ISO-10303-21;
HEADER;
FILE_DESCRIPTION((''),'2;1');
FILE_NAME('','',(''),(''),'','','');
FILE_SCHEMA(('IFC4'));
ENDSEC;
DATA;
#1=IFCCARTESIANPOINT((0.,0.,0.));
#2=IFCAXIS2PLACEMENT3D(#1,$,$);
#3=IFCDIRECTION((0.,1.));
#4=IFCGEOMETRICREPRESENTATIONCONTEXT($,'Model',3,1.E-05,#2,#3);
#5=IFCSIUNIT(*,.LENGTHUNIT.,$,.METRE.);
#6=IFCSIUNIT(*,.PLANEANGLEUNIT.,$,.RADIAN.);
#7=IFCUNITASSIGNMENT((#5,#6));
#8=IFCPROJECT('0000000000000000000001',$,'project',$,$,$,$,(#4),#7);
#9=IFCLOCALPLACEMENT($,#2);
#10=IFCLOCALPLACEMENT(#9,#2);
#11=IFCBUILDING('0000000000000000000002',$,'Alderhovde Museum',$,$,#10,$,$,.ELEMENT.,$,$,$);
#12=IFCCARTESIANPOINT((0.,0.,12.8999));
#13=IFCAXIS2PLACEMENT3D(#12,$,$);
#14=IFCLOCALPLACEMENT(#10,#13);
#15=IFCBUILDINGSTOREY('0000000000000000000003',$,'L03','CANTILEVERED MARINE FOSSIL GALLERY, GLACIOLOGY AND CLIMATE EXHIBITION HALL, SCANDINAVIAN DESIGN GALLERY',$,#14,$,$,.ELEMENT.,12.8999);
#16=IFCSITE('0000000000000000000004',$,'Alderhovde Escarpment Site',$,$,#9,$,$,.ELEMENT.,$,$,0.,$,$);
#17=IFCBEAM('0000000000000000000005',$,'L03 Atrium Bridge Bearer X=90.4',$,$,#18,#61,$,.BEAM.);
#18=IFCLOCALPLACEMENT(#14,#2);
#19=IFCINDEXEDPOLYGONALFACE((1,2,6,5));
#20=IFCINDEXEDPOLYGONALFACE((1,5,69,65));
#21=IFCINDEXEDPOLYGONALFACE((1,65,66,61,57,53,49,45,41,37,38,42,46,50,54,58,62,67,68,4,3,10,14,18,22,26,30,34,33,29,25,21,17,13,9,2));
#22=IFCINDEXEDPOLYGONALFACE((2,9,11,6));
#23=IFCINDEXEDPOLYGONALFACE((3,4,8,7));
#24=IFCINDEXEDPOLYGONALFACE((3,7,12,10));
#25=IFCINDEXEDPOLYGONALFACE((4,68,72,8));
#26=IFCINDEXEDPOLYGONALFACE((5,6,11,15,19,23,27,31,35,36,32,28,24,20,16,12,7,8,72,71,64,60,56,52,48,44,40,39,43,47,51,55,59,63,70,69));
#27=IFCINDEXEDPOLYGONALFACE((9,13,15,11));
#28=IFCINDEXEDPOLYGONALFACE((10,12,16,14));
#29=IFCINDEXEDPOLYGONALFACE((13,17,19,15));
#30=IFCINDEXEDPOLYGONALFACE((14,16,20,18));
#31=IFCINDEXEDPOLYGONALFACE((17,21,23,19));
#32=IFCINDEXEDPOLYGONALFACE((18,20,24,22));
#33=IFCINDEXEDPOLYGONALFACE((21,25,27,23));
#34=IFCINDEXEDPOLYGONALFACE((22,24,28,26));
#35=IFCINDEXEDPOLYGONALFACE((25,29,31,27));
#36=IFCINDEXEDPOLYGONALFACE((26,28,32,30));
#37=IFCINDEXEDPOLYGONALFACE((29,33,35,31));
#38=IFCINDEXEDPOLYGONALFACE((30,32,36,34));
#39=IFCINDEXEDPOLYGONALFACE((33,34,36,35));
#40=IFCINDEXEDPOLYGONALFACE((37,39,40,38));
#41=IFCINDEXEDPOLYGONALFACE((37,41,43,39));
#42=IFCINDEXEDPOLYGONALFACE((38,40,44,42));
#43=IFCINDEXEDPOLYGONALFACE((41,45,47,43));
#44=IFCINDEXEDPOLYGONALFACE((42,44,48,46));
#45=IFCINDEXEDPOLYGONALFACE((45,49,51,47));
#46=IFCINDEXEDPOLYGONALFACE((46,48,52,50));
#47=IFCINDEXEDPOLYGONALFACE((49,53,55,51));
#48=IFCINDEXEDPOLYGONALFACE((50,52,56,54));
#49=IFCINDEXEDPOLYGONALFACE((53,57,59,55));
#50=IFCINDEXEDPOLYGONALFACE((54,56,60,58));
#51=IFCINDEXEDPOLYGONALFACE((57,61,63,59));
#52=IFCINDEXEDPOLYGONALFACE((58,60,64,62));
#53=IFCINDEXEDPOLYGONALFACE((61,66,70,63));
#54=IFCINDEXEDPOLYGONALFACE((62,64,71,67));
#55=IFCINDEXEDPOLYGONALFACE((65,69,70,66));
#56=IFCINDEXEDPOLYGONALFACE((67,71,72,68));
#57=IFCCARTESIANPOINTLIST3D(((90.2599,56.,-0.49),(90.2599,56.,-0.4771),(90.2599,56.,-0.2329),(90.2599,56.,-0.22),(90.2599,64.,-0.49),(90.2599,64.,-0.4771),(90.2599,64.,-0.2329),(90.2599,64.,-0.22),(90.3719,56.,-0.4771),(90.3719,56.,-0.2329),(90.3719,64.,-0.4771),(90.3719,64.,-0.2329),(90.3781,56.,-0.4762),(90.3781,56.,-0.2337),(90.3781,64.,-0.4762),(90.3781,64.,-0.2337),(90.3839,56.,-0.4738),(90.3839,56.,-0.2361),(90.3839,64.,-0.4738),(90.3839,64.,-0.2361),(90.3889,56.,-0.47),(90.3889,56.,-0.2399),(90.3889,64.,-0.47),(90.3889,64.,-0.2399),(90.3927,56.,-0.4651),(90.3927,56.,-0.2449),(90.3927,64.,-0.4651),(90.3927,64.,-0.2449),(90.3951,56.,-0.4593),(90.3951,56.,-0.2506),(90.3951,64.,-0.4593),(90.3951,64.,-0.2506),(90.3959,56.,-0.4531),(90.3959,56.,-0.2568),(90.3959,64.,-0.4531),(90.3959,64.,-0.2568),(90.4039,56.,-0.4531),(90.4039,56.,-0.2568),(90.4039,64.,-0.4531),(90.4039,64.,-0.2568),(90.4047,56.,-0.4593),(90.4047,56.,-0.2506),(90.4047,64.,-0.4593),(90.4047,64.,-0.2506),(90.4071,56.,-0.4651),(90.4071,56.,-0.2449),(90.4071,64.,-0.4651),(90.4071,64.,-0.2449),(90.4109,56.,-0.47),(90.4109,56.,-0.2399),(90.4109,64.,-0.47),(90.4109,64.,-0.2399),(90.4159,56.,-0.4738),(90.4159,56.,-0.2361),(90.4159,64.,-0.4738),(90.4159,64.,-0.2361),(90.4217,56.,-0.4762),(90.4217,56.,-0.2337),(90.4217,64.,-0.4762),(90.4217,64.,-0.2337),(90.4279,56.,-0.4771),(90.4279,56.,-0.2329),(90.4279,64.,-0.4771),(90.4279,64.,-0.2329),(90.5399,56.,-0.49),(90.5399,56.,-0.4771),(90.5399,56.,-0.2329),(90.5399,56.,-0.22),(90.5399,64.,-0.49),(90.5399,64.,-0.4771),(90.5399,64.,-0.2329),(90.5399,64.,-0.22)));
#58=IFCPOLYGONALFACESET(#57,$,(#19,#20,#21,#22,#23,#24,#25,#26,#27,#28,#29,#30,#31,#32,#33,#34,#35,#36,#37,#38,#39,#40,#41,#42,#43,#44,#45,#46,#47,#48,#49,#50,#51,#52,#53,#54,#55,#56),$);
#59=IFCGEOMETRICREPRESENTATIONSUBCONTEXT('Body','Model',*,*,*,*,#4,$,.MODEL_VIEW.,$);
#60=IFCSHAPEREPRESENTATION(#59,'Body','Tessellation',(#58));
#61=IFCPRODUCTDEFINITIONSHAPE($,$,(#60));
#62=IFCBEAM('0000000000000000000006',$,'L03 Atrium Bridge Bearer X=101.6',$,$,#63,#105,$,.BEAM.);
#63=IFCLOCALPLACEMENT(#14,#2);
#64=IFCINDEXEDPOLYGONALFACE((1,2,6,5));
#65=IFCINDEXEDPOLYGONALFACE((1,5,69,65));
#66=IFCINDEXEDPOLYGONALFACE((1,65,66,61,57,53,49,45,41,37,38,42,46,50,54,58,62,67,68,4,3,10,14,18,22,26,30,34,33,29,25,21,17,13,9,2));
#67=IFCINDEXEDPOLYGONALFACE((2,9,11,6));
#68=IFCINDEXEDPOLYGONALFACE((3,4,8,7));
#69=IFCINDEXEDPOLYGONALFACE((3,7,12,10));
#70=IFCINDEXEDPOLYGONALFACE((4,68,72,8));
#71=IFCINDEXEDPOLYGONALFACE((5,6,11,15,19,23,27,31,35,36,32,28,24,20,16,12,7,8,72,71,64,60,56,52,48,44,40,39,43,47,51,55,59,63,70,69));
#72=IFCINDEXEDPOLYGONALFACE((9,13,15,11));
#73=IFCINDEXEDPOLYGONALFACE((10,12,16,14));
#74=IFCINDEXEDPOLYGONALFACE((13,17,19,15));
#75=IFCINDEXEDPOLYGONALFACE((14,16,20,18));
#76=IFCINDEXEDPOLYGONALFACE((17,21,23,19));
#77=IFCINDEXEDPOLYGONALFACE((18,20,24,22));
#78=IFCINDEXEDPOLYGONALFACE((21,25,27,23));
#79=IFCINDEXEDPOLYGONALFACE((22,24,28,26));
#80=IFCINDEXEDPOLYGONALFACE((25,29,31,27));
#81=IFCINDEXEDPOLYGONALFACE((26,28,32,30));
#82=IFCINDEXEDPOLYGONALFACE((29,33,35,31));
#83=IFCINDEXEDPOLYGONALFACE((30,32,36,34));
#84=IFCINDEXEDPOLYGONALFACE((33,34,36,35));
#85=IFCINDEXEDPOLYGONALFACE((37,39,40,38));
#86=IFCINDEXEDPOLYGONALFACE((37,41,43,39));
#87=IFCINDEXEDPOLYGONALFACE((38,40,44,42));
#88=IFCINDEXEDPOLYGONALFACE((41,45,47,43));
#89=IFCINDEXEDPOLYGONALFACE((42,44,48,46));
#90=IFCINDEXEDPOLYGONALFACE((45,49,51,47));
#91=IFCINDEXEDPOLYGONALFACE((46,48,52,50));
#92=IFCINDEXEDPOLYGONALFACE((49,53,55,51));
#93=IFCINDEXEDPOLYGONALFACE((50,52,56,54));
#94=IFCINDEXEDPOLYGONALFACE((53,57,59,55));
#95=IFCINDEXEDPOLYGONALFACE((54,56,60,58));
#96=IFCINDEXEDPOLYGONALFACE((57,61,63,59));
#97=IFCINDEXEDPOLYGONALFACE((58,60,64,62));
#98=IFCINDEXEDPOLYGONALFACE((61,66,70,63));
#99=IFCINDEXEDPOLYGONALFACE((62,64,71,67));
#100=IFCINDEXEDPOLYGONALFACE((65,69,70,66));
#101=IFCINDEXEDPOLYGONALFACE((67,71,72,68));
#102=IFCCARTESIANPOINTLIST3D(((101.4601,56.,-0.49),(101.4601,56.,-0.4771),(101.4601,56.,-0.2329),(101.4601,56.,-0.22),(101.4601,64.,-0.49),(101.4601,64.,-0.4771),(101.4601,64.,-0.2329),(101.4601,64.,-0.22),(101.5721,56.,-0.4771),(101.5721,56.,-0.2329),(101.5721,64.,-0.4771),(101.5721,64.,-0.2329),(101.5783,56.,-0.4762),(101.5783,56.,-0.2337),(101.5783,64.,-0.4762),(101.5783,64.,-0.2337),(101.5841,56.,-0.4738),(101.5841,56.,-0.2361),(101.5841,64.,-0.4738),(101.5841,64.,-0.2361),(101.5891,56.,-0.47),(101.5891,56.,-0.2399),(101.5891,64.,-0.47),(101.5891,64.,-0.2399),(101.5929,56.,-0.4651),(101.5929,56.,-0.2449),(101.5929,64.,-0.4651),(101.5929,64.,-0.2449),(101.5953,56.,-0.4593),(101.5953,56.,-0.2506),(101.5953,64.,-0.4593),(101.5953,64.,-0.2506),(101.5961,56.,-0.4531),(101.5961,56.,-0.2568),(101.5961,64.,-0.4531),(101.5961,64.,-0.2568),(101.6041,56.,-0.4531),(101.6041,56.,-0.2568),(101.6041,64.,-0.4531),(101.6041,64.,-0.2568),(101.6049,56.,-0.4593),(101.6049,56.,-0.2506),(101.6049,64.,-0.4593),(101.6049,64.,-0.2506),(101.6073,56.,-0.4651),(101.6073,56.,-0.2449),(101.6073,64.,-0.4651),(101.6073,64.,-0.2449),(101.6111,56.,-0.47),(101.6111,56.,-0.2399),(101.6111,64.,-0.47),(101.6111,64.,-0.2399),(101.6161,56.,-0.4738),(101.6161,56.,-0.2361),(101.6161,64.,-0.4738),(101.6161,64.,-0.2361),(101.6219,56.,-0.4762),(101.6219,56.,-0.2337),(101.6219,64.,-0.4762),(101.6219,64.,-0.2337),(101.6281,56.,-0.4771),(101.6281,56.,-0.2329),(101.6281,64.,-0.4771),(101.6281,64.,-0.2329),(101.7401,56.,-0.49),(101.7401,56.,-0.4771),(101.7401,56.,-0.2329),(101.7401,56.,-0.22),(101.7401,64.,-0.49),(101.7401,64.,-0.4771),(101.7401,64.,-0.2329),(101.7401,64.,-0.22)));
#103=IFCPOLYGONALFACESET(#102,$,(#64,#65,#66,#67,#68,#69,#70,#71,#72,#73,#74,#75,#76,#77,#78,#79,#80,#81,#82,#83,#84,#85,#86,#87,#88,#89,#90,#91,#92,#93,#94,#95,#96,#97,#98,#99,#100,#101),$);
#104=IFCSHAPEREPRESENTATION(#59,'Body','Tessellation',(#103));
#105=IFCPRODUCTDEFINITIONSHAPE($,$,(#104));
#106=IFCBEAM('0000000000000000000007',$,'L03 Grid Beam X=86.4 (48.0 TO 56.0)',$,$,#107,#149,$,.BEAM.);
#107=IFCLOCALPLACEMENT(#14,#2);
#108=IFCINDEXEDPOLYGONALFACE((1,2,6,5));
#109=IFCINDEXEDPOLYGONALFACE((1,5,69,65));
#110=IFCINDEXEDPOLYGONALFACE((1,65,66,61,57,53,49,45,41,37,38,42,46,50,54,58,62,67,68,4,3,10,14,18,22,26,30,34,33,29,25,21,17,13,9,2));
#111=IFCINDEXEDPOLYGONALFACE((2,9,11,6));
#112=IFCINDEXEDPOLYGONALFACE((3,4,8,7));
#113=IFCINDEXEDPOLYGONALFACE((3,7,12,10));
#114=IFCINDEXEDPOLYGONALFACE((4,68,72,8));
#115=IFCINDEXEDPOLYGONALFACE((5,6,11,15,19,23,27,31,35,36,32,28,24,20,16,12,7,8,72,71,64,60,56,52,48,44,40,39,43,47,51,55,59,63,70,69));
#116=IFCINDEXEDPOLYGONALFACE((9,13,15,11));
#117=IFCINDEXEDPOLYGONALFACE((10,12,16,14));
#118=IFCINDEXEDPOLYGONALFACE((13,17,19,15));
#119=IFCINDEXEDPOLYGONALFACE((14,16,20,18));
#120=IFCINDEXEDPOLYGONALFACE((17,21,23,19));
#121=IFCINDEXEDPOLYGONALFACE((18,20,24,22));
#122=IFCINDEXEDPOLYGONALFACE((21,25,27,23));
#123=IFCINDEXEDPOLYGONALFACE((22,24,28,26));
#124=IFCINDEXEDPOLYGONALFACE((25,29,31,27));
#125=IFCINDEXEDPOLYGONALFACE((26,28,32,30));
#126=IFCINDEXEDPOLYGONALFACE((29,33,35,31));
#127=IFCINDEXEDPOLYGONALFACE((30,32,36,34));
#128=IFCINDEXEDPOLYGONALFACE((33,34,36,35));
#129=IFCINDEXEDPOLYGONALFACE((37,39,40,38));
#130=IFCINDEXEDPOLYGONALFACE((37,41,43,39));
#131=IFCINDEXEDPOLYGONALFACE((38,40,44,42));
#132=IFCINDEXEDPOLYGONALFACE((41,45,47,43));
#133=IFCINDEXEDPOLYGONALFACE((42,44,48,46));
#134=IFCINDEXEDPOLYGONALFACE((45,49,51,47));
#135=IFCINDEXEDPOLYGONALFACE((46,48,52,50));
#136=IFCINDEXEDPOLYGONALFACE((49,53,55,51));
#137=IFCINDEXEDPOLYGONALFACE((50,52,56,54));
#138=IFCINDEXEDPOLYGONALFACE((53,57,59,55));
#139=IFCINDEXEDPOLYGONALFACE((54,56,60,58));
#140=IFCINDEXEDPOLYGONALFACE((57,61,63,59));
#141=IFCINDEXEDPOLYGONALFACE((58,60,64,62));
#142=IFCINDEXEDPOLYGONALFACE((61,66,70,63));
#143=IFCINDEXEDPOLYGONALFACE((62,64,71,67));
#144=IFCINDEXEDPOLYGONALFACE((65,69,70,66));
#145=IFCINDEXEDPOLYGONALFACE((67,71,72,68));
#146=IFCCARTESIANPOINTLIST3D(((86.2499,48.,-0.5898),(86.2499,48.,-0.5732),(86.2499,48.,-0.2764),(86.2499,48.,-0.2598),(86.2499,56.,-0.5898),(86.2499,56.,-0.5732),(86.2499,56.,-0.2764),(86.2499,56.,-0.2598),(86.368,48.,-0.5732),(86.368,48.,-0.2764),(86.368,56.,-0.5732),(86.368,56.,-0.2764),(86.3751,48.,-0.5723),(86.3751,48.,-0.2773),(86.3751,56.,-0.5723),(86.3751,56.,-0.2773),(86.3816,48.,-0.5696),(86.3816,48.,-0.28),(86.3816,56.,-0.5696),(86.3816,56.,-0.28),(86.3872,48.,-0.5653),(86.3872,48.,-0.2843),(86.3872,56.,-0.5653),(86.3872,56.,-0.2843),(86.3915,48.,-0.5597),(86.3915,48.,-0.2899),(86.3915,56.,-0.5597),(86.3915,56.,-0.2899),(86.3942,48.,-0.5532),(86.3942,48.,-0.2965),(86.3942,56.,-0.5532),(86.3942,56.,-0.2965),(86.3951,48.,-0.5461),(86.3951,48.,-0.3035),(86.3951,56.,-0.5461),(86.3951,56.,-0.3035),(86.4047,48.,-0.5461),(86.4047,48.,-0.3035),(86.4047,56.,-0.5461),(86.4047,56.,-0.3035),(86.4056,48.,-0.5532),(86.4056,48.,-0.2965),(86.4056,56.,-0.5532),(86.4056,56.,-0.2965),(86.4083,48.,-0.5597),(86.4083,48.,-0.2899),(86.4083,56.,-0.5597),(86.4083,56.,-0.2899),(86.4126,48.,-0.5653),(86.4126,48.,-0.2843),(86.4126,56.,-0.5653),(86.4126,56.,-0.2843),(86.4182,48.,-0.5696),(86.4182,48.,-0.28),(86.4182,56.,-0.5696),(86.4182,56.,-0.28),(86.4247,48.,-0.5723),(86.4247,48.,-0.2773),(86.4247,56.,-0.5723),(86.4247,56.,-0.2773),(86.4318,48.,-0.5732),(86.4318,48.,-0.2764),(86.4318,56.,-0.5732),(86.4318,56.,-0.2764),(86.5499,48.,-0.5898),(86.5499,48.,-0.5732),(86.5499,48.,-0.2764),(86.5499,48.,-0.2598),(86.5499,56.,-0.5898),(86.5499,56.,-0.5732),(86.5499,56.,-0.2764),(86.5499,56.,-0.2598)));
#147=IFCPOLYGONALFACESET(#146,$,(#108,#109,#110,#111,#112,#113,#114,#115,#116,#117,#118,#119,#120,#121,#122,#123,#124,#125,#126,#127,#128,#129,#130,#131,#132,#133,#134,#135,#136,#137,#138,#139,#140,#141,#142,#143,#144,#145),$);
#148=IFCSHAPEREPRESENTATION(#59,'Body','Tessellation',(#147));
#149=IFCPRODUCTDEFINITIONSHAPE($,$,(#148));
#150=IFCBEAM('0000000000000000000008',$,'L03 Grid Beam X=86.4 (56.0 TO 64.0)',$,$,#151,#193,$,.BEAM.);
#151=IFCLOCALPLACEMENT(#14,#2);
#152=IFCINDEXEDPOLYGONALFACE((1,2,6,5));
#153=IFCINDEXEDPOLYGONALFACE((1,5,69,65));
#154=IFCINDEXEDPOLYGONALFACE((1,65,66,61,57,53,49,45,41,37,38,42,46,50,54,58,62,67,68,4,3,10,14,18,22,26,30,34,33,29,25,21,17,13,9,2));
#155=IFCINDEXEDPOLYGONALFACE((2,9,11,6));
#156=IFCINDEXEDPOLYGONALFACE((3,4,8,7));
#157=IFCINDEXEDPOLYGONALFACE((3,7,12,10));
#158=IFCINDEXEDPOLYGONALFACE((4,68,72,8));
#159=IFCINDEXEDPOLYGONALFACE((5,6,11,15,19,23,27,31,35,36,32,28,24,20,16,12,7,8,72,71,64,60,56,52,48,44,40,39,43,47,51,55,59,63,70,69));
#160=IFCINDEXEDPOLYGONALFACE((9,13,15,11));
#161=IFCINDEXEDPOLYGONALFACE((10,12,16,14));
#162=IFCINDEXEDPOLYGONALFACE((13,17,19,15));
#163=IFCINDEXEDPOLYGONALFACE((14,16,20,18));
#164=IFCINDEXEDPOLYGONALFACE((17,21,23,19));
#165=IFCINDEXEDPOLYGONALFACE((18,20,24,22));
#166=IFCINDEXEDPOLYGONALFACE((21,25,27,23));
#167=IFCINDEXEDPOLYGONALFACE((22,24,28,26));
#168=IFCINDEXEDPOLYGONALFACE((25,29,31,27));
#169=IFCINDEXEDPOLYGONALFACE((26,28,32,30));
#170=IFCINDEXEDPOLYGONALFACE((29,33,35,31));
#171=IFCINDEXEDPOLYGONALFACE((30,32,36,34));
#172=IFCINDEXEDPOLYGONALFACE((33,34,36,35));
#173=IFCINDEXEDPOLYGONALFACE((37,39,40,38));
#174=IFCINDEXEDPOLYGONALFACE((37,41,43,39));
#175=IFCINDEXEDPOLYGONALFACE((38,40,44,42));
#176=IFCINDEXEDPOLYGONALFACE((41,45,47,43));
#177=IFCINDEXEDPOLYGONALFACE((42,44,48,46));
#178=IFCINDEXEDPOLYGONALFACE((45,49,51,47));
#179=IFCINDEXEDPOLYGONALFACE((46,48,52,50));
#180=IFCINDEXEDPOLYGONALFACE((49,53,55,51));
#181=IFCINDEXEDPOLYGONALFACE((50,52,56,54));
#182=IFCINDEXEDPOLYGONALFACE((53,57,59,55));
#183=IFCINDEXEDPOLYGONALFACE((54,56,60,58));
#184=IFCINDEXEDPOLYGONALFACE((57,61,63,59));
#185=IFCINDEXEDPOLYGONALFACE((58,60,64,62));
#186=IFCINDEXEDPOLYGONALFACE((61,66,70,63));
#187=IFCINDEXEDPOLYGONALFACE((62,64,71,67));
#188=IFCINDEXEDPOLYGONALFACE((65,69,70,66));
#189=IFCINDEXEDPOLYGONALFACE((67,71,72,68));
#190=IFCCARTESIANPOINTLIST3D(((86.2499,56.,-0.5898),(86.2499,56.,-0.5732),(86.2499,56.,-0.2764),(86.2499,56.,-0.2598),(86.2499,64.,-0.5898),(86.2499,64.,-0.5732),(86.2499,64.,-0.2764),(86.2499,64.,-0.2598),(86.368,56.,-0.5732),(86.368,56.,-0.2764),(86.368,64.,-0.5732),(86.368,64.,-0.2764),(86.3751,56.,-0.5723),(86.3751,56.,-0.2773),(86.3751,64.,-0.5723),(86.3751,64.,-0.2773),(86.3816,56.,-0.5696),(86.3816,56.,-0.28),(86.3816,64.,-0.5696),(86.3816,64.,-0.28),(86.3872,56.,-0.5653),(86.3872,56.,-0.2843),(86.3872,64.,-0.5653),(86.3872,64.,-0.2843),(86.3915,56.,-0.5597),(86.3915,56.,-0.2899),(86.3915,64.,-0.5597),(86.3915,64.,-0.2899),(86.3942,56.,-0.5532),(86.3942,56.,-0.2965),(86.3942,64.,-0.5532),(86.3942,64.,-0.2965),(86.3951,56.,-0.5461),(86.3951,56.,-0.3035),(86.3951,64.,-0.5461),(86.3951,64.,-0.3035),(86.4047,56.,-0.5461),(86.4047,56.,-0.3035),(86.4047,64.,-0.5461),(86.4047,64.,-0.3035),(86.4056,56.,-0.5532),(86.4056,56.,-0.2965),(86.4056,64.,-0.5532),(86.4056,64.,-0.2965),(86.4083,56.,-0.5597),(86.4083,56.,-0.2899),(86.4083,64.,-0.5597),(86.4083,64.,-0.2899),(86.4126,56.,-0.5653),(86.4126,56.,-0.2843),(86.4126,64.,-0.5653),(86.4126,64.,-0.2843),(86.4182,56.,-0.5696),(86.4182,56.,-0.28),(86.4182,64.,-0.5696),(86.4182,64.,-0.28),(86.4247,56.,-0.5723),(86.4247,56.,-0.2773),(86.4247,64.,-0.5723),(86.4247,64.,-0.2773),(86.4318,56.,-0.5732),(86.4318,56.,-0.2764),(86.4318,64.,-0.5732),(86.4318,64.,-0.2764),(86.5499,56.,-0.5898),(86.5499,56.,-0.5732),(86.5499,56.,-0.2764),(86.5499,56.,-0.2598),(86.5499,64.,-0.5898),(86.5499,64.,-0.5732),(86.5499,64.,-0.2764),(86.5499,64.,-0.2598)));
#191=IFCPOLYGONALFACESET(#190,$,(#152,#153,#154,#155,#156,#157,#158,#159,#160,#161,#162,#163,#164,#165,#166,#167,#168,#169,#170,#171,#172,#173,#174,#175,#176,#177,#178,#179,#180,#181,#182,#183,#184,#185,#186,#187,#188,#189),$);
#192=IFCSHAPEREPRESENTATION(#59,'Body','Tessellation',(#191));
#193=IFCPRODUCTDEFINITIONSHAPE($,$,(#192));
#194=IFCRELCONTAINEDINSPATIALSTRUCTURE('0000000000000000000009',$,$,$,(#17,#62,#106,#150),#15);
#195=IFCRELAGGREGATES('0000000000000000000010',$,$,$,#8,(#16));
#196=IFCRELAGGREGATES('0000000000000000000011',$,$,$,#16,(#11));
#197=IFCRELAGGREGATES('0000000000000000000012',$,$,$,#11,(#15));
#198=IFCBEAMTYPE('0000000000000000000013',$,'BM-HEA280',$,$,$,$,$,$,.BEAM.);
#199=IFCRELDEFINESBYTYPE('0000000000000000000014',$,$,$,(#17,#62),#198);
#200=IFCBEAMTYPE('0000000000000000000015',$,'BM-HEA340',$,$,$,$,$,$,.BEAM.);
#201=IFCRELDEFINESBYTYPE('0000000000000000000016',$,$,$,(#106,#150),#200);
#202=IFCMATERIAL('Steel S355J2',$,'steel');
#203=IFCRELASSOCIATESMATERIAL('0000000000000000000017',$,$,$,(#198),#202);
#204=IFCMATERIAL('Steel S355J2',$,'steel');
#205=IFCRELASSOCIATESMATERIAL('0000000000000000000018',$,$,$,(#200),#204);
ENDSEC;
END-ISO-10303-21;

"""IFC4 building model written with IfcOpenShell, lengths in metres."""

from ifc_helpers import new_model, si_unit, direction, frame, origin, origin_2d, place, context, subcontext, project, spatial, i_section, extrude, material, material_profile, profile_set, type_object, element, save


model = new_model("IFC4")

# Units and contexts
model_context = context("Model", 3, precision=1e-05, world=origin(), true_north=direction((0.0, 1.0)))
body_context = subcontext(model_context, "Body", "Model", "MODEL_VIEW")
ifc_project = project(units=[si_unit("LENGTHUNIT", "METRE"), si_unit("PLANEANGLEUNIT", "RADIAN")], contexts=[model_context])

# Site, building, storey
site_placement = place(None, origin())
site = spatial("IfcSite", under=ifc_project, at=site_placement, Name="Alderhovde Escarpment Site", CompositionType="ELEMENT", RefElevation=0.0)
building_placement = place(site_placement, origin())
building = spatial("IfcBuilding", under=site, at=building_placement, Name="Alderhovde Museum", CompositionType="ELEMENT")
storey_placement = place(building_placement, frame((0.0, 0.0, 12.8999)))
storey = spatial("IfcBuildingStorey", under=building, at=storey_placement, Name="L03", Description="CANTILEVERED MARINE FOSSIL GALLERY, GLACIOLOGY AND CLIMATE EXHIBITION HALL, SCANDINAVIAN DESIGN GALLERY", CompositionType="ELEMENT", Elevation=12.8999)

# Beams
ifc_material_1 = material(Name="Steel S355J2", Category="steel")
ifc_material_profile_1 = material_profile(ifc_material_1, i_section(OverallWidth=0.28, OverallDepth=0.27, WebThickness=0.0081, FlangeThickness=0.0129, FilletRadius=0.0239, at=origin_2d()), Name="HEA 280")
ifc_profile_set_1 = profile_set([ifc_material_profile_1], Name="Steel S355J2")
beam_type_1 = type_object("IfcBeamType", Name="BM-HEA280", PredefinedType="BEAM", material=ifc_profile_set_1)
for number, where, z_axis, x_axis, name in (
    (1, (90.3999, 56.0, -0.355), (0.0, 1.0, 0.0), (-1.0, 0.0, 0.0), "L03 Atrium Bridge Bearer X=90.4"),
    (2, (101.6001, 56.0, -0.355), (0.0, 1.0, 0.0), (-1.0, 0.0, 0.0), "L03 Atrium Bridge Bearer X=101.6"),
):
    element("IfcBeam", number, at=place(storey_placement, frame(where, z_axis=z_axis, x_axis=x_axis)), inside=storey, type_object=beam_type_1, Name=name, PredefinedType="BEAM", context=body_context, shape_type="SweptSolid", body=[
        extrude(i_section(OverallWidth=0.28, OverallDepth=0.27, WebThickness=0.0081, FlangeThickness=0.0129, FilletRadius=0.0239, at=origin_2d()), origin(), (0.0, 0.0, 1.0), 8.0),
    ])
ifc_material_2 = material(Name="Steel S355J2", Category="steel")
ifc_material_profile_2 = material_profile(ifc_material_2, i_section(OverallWidth=0.3, OverallDepth=0.3301, WebThickness=0.0095, FlangeThickness=0.0166, FilletRadius=0.0271, at=origin_2d()), Name="HEA 340")
ifc_profile_set_2 = profile_set([ifc_material_profile_2], Name="Steel S355J2")
beam_type_2 = type_object("IfcBeamType", Name="BM-HEA340", PredefinedType="BEAM", material=ifc_profile_set_2)
for number, where, z_axis, x_axis, name in (
    (3, (86.3999, 48.0, -0.4248), (0.0, 1.0, 0.0), (-1.0, 0.0, 0.0), "L03 Grid Beam X=86.4 (48.0 TO 56.0)"),
    (4, (86.3999, 56.0, -0.4248), (0.0, 1.0, 0.0), (-1.0, 0.0, 0.0), "L03 Grid Beam X=86.4 (56.0 TO 64.0)"),
):
    element("IfcBeam", number, at=place(storey_placement, frame(where, z_axis=z_axis, x_axis=x_axis)), inside=storey, type_object=beam_type_2, Name=name, PredefinedType="BEAM", context=body_context, shape_type="SweptSolid", body=[
        extrude(i_section(OverallWidth=0.3, OverallDepth=0.3301, WebThickness=0.0095, FlangeThickness=0.0166, FilletRadius=0.0271, at=origin_2d()), origin(), (0.0, 0.0, 1.0), 8.0),
    ])

save(model, "model.ifc")
